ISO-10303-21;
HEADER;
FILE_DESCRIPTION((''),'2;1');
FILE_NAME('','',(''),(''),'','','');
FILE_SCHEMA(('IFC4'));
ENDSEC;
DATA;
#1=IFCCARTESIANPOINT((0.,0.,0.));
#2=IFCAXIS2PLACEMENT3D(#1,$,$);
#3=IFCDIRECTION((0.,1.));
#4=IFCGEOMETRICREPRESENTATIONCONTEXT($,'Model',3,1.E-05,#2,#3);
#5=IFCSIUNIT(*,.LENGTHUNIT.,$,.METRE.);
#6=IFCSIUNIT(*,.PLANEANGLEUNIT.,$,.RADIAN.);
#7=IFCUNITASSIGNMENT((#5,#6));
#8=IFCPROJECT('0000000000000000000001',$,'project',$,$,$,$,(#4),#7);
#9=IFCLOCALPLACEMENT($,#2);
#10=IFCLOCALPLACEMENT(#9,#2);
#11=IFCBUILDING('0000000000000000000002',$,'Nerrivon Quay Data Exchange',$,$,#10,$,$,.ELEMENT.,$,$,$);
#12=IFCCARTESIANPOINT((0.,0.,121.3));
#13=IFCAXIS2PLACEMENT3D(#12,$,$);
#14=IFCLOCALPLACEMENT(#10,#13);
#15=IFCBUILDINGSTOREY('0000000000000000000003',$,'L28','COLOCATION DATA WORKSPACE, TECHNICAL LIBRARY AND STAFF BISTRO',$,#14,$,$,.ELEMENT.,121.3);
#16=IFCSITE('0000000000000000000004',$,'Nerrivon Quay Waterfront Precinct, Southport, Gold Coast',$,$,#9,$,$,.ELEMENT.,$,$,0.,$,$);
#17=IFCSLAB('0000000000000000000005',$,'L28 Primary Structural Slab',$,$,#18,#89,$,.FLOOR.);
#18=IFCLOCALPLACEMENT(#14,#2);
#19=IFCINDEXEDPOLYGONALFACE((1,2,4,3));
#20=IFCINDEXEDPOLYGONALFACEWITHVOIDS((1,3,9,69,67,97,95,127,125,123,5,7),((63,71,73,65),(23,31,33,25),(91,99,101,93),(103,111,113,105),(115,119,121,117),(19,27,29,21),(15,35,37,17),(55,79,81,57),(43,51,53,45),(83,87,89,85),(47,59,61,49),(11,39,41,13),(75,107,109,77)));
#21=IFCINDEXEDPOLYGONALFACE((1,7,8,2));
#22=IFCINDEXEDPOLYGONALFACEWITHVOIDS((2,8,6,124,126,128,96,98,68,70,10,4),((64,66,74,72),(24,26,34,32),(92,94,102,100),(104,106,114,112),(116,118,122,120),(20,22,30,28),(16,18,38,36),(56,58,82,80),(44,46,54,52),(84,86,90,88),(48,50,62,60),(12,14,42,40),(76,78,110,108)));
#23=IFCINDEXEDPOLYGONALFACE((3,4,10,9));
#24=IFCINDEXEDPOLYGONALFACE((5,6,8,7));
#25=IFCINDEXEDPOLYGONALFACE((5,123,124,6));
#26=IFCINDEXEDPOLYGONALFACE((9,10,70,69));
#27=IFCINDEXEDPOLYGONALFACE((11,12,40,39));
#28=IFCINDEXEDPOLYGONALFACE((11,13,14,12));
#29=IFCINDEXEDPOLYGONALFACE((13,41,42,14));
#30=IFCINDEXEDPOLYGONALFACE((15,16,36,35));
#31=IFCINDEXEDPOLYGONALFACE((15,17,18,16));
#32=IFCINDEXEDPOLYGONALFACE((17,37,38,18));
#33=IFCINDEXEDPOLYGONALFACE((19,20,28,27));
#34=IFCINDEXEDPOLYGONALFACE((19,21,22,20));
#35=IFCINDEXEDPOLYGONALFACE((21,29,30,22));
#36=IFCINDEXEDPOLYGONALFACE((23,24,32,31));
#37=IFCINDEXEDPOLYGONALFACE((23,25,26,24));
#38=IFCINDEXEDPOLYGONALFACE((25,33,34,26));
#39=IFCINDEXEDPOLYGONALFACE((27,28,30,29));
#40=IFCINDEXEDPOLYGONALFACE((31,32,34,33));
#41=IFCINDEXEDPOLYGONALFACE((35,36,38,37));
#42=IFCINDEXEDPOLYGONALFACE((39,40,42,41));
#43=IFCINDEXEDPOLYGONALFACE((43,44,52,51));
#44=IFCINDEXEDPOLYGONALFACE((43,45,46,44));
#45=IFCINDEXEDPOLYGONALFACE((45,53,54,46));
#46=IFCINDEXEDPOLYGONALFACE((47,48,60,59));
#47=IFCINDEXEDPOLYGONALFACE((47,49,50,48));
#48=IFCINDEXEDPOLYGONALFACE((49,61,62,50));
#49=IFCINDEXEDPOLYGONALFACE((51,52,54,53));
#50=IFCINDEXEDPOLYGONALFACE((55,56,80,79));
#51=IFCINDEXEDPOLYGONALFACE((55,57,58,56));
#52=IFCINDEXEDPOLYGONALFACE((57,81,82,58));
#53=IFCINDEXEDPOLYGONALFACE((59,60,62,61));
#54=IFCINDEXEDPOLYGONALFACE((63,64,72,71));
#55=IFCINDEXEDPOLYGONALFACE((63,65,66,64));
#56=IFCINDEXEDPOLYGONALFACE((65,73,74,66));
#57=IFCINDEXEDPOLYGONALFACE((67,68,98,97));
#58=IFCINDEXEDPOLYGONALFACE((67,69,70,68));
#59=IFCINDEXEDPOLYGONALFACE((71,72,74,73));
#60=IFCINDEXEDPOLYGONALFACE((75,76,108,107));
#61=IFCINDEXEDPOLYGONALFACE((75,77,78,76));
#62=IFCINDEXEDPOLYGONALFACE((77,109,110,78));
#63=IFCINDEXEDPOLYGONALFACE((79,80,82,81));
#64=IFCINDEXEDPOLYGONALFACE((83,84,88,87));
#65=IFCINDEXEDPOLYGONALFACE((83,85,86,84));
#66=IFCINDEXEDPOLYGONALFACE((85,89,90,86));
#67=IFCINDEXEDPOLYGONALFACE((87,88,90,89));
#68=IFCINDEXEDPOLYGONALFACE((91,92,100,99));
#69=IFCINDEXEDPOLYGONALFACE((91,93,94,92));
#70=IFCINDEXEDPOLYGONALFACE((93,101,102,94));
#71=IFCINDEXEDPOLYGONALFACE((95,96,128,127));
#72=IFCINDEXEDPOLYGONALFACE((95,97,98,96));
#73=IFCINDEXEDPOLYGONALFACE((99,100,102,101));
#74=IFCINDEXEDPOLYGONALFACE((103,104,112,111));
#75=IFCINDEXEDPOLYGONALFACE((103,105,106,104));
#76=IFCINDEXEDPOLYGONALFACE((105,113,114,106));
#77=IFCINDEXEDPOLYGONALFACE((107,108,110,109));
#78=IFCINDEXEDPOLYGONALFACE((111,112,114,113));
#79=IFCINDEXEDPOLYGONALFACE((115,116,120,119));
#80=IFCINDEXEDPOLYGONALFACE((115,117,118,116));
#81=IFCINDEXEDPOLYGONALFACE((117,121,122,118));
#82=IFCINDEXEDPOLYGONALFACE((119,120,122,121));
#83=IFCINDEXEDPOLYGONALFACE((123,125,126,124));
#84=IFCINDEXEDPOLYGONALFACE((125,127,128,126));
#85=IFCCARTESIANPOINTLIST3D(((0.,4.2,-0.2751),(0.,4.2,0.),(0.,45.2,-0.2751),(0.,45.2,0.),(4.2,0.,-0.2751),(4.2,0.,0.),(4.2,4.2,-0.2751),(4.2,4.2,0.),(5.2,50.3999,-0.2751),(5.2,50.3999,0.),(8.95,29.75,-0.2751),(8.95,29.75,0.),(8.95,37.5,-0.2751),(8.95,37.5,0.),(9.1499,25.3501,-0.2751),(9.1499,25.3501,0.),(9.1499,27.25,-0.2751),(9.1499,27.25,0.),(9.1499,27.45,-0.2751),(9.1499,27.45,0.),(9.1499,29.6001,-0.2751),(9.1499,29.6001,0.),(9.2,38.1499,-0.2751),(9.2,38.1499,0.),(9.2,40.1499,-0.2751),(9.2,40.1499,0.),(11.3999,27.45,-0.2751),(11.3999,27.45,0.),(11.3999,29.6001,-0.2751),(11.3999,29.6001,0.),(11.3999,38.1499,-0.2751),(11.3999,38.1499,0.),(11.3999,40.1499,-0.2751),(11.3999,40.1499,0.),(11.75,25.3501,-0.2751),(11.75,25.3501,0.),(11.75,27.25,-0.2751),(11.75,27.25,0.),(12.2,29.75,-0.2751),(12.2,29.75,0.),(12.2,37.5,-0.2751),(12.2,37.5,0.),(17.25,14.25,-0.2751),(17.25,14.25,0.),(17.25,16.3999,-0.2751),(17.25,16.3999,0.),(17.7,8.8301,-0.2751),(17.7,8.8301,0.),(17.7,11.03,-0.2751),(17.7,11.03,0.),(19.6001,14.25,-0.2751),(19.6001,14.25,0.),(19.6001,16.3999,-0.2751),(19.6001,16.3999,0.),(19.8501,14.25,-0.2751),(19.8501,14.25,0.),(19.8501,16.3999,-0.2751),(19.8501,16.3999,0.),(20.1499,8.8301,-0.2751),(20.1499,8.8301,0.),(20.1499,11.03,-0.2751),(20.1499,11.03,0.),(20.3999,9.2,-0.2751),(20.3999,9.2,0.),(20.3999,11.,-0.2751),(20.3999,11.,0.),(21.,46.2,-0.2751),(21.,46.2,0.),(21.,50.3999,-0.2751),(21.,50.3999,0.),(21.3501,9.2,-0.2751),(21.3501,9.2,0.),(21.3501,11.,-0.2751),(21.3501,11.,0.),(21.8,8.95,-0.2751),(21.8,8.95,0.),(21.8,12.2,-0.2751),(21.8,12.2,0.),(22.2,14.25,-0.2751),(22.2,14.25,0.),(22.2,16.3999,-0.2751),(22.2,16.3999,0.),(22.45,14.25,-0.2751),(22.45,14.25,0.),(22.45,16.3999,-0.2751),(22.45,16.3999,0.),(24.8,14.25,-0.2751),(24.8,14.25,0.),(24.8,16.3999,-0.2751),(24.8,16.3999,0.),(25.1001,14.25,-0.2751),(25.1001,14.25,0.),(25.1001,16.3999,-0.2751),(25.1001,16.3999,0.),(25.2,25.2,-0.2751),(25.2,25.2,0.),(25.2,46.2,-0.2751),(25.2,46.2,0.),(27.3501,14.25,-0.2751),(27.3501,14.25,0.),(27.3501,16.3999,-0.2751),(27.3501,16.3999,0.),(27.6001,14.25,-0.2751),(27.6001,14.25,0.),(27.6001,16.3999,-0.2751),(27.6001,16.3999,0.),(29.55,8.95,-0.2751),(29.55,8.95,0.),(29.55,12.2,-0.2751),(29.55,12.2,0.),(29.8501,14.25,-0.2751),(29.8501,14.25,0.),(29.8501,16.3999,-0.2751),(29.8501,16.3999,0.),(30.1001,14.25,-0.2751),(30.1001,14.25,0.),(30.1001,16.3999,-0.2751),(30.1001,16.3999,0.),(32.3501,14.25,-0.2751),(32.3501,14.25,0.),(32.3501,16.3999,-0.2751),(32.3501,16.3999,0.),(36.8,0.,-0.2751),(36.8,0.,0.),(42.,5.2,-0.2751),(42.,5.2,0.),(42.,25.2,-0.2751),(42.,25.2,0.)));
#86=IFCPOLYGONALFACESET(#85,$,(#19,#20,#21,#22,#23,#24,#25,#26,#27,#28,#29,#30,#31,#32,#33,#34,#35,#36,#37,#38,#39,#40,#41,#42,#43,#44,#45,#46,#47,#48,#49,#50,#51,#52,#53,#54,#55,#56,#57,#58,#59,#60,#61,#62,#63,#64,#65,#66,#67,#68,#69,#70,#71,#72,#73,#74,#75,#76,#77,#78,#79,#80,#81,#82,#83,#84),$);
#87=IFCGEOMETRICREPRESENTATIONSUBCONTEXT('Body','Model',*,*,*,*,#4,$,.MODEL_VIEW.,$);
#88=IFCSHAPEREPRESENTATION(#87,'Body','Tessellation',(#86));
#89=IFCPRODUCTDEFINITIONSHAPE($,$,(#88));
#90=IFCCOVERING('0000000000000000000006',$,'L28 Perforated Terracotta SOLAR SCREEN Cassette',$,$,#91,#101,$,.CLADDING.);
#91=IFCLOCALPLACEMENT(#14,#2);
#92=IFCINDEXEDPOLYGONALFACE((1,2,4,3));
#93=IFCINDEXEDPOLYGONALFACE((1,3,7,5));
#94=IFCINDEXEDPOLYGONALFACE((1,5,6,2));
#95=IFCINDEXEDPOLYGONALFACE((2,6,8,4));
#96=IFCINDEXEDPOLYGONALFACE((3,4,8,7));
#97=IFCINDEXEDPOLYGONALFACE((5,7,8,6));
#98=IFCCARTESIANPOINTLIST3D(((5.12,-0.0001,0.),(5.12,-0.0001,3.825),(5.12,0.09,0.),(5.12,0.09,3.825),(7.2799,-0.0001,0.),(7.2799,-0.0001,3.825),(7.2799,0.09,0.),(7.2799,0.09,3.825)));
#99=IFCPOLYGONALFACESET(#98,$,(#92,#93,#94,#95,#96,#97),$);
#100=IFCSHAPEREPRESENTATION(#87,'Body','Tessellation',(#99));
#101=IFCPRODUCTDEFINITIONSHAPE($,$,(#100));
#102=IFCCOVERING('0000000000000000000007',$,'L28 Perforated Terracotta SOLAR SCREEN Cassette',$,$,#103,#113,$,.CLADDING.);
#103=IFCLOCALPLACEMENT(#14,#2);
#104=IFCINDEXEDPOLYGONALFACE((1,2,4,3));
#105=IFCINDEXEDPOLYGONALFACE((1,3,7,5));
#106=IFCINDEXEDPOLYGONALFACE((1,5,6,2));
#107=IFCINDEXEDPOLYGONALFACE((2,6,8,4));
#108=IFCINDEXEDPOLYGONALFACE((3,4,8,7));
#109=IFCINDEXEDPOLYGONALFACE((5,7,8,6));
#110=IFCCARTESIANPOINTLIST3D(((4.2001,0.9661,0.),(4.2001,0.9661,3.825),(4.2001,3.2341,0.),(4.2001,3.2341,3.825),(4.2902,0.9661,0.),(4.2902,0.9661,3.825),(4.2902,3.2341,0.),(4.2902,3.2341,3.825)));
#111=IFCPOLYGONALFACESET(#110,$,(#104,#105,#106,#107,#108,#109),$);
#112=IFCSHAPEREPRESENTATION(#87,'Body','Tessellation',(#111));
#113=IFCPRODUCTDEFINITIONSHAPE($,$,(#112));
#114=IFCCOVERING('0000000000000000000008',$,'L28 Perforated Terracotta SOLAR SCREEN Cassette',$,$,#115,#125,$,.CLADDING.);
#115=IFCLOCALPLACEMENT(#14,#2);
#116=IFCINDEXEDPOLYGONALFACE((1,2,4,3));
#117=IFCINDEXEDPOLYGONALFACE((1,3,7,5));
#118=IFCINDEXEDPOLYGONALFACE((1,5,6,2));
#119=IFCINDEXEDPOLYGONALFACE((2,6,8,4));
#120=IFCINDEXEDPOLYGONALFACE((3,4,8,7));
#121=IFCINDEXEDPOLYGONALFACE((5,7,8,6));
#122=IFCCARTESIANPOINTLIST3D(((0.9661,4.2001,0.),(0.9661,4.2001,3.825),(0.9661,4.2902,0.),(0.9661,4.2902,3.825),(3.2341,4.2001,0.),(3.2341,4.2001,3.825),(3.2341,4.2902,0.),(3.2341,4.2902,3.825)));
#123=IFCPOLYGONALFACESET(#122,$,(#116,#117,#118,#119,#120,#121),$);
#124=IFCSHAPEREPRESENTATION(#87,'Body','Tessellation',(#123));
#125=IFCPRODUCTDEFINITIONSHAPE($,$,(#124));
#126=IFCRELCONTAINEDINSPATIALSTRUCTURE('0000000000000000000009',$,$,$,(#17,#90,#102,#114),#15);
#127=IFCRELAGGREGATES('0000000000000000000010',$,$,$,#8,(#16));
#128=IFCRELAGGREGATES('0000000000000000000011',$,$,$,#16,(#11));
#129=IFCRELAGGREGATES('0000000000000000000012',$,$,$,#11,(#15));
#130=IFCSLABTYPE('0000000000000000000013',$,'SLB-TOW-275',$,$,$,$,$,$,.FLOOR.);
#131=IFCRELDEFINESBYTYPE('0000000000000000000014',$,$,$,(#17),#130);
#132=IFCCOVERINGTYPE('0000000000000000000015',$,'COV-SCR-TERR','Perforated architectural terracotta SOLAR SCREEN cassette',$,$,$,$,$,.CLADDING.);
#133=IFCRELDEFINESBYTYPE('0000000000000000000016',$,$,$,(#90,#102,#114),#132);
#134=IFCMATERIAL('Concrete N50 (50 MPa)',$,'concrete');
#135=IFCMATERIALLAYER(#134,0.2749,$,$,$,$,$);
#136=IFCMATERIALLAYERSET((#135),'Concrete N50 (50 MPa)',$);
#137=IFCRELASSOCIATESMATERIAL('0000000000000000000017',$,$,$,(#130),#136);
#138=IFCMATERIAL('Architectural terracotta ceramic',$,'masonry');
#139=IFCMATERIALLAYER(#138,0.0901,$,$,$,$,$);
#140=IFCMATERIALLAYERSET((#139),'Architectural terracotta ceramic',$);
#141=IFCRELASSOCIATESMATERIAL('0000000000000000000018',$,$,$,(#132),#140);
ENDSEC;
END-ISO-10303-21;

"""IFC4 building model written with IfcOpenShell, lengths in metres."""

from ifc_helpers import new_model, si_unit, direction, frame, origin, origin_2d, place, context, subcontext, project, spatial, polyline, rectangle, outline, extrude, material, layer, layer_set, type_object, element, save


model = new_model("IFC4")

# Units and contexts
model_context = context("Model", 3, precision=1e-05, world=origin(), true_north=direction((0.0, 1.0)))
body_context = subcontext(model_context, "Body", "Model", "MODEL_VIEW")
ifc_project = project(units=[si_unit("LENGTHUNIT", "METRE"), si_unit("PLANEANGLEUNIT", "RADIAN")], contexts=[model_context])

# Site, building, storey
site_placement = place(None, origin())
site = spatial("IfcSite", under=ifc_project, at=site_placement, Name="Nerrivon Quay Waterfront Precinct, Southport, Gold Coast", CompositionType="ELEMENT", RefElevation=0.0)
building_placement = place(site_placement, origin())
building = spatial("IfcBuilding", under=site, at=building_placement, Name="Nerrivon Quay Data Exchange", CompositionType="ELEMENT")
storey_placement = place(building_placement, frame((0.0, 0.0, 121.3)))
storey = spatial("IfcBuildingStorey", under=building, at=storey_placement, Name="L28", Description="COLOCATION DATA WORKSPACE, TECHNICAL LIBRARY AND STAFF BISTRO", CompositionType="ELEMENT", Elevation=121.3)

# Shared definitions
ifc_material_1 = material(Name="Concrete N50 (50 MPa)", Category="concrete")

# Slab
ifc_layer_1 = layer(ifc_material_1, 0.2749)
ifc_layer_set_1 = layer_set([ifc_layer_1], Name="Concrete N50 (50 MPa)")
slab_type_1 = type_object("IfcSlabType", Name="SLB-TOW-275", PredefinedType="FLOOR", material=ifc_layer_set_1)
slab_1_placement = place(storey_placement, frame((0.0, 0.0, -0.2751)))
element("IfcSlab", 1, at=slab_1_placement, inside=storey, type_object=slab_type_1, Name="L28 Primary Structural Slab", PredefinedType="FLOOR", context=body_context, shape_type="SweptSolid", body=[
    extrude(outline(polyline([(42.0, 25.2), (25.2, 25.2), (25.2, 46.2), (21.0, 46.2), (21.0, 50.3999), (5.2, 50.3999), (0.0, 45.2), (0.0, 4.2), (4.2, 4.2), (4.2, 0.0), (36.8, 0.0), (42.0, 5.2), (42.0, 25.2)]), holes=[polyline([(8.95, 29.75), (8.95, 37.5), (12.2, 37.5), (12.2, 29.75), (8.95, 29.75)]), polyline([(21.8, 12.2), (29.55, 12.2), (29.55, 8.95), (21.8, 8.95), (21.8, 12.2)]), polyline([(30.1001, 16.3999), (32.3501, 16.3999), (32.3501, 14.25), (30.1001, 14.25), (30.1001, 16.3999)]), polyline([(27.6001, 16.3999), (29.8501, 16.3999), (29.8501, 14.25), (27.6001, 14.25), (27.6001, 16.3999)]), polyline([(25.1001, 14.25), (25.1001, 16.3999), (27.3501, 16.3999), (27.3501, 14.25), (25.1001, 14.25)]), polyline([(22.45, 16.3999), (24.8, 16.3999), (24.8, 14.25), (22.45, 14.25), (22.45, 16.3999)]), polyline([(19.8501, 16.3999), (22.2, 16.3999), (22.2, 14.25), (19.8501, 14.25), (19.8501, 16.3999)]), polyline([(20.3999, 9.2), (20.3999, 11.0), (21.3501, 11.0), (21.3501, 9.2), (20.3999, 9.2)]), polyline([(17.7, 8.8301), (17.7, 11.03), (20.1499, 11.03), (20.1499, 8.8301), (17.7, 8.8301)]), polyline([(17.25, 14.25), (17.25, 16.3999), (19.6001, 16.3999), (19.6001, 14.25), (17.25, 14.25)]), polyline([(9.1499, 27.25), (11.75, 27.25), (11.75, 25.3501), (9.1499, 25.3501), (9.1499, 27.25)]), polyline([(9.1499, 29.6001), (11.3999, 29.6001), (11.3999, 27.45), (9.1499, 27.45), (9.1499, 29.6001)]), polyline([(9.2, 38.1499), (9.2, 40.1499), (11.3999, 40.1499), (11.3999, 38.1499), (9.2, 38.1499)])]), origin(), (0.0, 0.0, 1.0), 0.2751),
])

# Coverings
ifc_material_2 = material(Name="Architectural terracotta ceramic", Category="masonry")
ifc_layer_2 = layer(ifc_material_2, 0.0901)
ifc_layer_set_2 = layer_set([ifc_layer_2], Name="Architectural terracotta ceramic")
covering_type = type_object("IfcCoveringType", Name="COV-SCR-TERR", Description="Perforated architectural terracotta SOLAR SCREEN cassette", PredefinedType="CLADDING", material=ifc_layer_set_2)
covering_placement = place(storey_placement, frame((6.2, 0.0449, 0.0), z_axis=(0.0, 0.0, 1.0), x_axis=(-1.0, 0.0, 0.0)))
element("IfcCovering", 2, at=covering_placement, inside=storey, type_object=covering_type, Name="L28 Perforated Terracotta SOLAR SCREEN Cassette", PredefinedType="CLADDING", context=body_context, shape_type="SweptSolid", body=[
    extrude(rectangle(XDim=2.1599, YDim=0.0901, at=origin_2d()), origin(), (0.0, 0.0, 1.0), 3.825),
])
for number, where, z_axis, x_axis, name in (
    (3, (4.2451, 2.1001, 0.0), (0.0, 0.0, 1.0), (0.0, 1.0, 0.0), "L28 Perforated Terracotta SOLAR SCREEN Cassette"),
    (4, (2.1001, 4.2451, 0.0), (0.0, 0.0, 1.0), (-1.0, 0.0, 0.0), "L28 Perforated Terracotta SOLAR SCREEN Cassette"),
):
    element("IfcCovering", number, at=place(storey_placement, frame(where, z_axis=z_axis, x_axis=x_axis)), inside=storey, type_object=covering_type, Name=name, PredefinedType="CLADDING", context=body_context, shape_type="SweptSolid", body=[
        extrude(rectangle(XDim=2.2681, YDim=0.0901, at=origin_2d()), origin(), (0.0, 0.0, 1.0), 3.825),
    ])

save(model, "model.ifc")
